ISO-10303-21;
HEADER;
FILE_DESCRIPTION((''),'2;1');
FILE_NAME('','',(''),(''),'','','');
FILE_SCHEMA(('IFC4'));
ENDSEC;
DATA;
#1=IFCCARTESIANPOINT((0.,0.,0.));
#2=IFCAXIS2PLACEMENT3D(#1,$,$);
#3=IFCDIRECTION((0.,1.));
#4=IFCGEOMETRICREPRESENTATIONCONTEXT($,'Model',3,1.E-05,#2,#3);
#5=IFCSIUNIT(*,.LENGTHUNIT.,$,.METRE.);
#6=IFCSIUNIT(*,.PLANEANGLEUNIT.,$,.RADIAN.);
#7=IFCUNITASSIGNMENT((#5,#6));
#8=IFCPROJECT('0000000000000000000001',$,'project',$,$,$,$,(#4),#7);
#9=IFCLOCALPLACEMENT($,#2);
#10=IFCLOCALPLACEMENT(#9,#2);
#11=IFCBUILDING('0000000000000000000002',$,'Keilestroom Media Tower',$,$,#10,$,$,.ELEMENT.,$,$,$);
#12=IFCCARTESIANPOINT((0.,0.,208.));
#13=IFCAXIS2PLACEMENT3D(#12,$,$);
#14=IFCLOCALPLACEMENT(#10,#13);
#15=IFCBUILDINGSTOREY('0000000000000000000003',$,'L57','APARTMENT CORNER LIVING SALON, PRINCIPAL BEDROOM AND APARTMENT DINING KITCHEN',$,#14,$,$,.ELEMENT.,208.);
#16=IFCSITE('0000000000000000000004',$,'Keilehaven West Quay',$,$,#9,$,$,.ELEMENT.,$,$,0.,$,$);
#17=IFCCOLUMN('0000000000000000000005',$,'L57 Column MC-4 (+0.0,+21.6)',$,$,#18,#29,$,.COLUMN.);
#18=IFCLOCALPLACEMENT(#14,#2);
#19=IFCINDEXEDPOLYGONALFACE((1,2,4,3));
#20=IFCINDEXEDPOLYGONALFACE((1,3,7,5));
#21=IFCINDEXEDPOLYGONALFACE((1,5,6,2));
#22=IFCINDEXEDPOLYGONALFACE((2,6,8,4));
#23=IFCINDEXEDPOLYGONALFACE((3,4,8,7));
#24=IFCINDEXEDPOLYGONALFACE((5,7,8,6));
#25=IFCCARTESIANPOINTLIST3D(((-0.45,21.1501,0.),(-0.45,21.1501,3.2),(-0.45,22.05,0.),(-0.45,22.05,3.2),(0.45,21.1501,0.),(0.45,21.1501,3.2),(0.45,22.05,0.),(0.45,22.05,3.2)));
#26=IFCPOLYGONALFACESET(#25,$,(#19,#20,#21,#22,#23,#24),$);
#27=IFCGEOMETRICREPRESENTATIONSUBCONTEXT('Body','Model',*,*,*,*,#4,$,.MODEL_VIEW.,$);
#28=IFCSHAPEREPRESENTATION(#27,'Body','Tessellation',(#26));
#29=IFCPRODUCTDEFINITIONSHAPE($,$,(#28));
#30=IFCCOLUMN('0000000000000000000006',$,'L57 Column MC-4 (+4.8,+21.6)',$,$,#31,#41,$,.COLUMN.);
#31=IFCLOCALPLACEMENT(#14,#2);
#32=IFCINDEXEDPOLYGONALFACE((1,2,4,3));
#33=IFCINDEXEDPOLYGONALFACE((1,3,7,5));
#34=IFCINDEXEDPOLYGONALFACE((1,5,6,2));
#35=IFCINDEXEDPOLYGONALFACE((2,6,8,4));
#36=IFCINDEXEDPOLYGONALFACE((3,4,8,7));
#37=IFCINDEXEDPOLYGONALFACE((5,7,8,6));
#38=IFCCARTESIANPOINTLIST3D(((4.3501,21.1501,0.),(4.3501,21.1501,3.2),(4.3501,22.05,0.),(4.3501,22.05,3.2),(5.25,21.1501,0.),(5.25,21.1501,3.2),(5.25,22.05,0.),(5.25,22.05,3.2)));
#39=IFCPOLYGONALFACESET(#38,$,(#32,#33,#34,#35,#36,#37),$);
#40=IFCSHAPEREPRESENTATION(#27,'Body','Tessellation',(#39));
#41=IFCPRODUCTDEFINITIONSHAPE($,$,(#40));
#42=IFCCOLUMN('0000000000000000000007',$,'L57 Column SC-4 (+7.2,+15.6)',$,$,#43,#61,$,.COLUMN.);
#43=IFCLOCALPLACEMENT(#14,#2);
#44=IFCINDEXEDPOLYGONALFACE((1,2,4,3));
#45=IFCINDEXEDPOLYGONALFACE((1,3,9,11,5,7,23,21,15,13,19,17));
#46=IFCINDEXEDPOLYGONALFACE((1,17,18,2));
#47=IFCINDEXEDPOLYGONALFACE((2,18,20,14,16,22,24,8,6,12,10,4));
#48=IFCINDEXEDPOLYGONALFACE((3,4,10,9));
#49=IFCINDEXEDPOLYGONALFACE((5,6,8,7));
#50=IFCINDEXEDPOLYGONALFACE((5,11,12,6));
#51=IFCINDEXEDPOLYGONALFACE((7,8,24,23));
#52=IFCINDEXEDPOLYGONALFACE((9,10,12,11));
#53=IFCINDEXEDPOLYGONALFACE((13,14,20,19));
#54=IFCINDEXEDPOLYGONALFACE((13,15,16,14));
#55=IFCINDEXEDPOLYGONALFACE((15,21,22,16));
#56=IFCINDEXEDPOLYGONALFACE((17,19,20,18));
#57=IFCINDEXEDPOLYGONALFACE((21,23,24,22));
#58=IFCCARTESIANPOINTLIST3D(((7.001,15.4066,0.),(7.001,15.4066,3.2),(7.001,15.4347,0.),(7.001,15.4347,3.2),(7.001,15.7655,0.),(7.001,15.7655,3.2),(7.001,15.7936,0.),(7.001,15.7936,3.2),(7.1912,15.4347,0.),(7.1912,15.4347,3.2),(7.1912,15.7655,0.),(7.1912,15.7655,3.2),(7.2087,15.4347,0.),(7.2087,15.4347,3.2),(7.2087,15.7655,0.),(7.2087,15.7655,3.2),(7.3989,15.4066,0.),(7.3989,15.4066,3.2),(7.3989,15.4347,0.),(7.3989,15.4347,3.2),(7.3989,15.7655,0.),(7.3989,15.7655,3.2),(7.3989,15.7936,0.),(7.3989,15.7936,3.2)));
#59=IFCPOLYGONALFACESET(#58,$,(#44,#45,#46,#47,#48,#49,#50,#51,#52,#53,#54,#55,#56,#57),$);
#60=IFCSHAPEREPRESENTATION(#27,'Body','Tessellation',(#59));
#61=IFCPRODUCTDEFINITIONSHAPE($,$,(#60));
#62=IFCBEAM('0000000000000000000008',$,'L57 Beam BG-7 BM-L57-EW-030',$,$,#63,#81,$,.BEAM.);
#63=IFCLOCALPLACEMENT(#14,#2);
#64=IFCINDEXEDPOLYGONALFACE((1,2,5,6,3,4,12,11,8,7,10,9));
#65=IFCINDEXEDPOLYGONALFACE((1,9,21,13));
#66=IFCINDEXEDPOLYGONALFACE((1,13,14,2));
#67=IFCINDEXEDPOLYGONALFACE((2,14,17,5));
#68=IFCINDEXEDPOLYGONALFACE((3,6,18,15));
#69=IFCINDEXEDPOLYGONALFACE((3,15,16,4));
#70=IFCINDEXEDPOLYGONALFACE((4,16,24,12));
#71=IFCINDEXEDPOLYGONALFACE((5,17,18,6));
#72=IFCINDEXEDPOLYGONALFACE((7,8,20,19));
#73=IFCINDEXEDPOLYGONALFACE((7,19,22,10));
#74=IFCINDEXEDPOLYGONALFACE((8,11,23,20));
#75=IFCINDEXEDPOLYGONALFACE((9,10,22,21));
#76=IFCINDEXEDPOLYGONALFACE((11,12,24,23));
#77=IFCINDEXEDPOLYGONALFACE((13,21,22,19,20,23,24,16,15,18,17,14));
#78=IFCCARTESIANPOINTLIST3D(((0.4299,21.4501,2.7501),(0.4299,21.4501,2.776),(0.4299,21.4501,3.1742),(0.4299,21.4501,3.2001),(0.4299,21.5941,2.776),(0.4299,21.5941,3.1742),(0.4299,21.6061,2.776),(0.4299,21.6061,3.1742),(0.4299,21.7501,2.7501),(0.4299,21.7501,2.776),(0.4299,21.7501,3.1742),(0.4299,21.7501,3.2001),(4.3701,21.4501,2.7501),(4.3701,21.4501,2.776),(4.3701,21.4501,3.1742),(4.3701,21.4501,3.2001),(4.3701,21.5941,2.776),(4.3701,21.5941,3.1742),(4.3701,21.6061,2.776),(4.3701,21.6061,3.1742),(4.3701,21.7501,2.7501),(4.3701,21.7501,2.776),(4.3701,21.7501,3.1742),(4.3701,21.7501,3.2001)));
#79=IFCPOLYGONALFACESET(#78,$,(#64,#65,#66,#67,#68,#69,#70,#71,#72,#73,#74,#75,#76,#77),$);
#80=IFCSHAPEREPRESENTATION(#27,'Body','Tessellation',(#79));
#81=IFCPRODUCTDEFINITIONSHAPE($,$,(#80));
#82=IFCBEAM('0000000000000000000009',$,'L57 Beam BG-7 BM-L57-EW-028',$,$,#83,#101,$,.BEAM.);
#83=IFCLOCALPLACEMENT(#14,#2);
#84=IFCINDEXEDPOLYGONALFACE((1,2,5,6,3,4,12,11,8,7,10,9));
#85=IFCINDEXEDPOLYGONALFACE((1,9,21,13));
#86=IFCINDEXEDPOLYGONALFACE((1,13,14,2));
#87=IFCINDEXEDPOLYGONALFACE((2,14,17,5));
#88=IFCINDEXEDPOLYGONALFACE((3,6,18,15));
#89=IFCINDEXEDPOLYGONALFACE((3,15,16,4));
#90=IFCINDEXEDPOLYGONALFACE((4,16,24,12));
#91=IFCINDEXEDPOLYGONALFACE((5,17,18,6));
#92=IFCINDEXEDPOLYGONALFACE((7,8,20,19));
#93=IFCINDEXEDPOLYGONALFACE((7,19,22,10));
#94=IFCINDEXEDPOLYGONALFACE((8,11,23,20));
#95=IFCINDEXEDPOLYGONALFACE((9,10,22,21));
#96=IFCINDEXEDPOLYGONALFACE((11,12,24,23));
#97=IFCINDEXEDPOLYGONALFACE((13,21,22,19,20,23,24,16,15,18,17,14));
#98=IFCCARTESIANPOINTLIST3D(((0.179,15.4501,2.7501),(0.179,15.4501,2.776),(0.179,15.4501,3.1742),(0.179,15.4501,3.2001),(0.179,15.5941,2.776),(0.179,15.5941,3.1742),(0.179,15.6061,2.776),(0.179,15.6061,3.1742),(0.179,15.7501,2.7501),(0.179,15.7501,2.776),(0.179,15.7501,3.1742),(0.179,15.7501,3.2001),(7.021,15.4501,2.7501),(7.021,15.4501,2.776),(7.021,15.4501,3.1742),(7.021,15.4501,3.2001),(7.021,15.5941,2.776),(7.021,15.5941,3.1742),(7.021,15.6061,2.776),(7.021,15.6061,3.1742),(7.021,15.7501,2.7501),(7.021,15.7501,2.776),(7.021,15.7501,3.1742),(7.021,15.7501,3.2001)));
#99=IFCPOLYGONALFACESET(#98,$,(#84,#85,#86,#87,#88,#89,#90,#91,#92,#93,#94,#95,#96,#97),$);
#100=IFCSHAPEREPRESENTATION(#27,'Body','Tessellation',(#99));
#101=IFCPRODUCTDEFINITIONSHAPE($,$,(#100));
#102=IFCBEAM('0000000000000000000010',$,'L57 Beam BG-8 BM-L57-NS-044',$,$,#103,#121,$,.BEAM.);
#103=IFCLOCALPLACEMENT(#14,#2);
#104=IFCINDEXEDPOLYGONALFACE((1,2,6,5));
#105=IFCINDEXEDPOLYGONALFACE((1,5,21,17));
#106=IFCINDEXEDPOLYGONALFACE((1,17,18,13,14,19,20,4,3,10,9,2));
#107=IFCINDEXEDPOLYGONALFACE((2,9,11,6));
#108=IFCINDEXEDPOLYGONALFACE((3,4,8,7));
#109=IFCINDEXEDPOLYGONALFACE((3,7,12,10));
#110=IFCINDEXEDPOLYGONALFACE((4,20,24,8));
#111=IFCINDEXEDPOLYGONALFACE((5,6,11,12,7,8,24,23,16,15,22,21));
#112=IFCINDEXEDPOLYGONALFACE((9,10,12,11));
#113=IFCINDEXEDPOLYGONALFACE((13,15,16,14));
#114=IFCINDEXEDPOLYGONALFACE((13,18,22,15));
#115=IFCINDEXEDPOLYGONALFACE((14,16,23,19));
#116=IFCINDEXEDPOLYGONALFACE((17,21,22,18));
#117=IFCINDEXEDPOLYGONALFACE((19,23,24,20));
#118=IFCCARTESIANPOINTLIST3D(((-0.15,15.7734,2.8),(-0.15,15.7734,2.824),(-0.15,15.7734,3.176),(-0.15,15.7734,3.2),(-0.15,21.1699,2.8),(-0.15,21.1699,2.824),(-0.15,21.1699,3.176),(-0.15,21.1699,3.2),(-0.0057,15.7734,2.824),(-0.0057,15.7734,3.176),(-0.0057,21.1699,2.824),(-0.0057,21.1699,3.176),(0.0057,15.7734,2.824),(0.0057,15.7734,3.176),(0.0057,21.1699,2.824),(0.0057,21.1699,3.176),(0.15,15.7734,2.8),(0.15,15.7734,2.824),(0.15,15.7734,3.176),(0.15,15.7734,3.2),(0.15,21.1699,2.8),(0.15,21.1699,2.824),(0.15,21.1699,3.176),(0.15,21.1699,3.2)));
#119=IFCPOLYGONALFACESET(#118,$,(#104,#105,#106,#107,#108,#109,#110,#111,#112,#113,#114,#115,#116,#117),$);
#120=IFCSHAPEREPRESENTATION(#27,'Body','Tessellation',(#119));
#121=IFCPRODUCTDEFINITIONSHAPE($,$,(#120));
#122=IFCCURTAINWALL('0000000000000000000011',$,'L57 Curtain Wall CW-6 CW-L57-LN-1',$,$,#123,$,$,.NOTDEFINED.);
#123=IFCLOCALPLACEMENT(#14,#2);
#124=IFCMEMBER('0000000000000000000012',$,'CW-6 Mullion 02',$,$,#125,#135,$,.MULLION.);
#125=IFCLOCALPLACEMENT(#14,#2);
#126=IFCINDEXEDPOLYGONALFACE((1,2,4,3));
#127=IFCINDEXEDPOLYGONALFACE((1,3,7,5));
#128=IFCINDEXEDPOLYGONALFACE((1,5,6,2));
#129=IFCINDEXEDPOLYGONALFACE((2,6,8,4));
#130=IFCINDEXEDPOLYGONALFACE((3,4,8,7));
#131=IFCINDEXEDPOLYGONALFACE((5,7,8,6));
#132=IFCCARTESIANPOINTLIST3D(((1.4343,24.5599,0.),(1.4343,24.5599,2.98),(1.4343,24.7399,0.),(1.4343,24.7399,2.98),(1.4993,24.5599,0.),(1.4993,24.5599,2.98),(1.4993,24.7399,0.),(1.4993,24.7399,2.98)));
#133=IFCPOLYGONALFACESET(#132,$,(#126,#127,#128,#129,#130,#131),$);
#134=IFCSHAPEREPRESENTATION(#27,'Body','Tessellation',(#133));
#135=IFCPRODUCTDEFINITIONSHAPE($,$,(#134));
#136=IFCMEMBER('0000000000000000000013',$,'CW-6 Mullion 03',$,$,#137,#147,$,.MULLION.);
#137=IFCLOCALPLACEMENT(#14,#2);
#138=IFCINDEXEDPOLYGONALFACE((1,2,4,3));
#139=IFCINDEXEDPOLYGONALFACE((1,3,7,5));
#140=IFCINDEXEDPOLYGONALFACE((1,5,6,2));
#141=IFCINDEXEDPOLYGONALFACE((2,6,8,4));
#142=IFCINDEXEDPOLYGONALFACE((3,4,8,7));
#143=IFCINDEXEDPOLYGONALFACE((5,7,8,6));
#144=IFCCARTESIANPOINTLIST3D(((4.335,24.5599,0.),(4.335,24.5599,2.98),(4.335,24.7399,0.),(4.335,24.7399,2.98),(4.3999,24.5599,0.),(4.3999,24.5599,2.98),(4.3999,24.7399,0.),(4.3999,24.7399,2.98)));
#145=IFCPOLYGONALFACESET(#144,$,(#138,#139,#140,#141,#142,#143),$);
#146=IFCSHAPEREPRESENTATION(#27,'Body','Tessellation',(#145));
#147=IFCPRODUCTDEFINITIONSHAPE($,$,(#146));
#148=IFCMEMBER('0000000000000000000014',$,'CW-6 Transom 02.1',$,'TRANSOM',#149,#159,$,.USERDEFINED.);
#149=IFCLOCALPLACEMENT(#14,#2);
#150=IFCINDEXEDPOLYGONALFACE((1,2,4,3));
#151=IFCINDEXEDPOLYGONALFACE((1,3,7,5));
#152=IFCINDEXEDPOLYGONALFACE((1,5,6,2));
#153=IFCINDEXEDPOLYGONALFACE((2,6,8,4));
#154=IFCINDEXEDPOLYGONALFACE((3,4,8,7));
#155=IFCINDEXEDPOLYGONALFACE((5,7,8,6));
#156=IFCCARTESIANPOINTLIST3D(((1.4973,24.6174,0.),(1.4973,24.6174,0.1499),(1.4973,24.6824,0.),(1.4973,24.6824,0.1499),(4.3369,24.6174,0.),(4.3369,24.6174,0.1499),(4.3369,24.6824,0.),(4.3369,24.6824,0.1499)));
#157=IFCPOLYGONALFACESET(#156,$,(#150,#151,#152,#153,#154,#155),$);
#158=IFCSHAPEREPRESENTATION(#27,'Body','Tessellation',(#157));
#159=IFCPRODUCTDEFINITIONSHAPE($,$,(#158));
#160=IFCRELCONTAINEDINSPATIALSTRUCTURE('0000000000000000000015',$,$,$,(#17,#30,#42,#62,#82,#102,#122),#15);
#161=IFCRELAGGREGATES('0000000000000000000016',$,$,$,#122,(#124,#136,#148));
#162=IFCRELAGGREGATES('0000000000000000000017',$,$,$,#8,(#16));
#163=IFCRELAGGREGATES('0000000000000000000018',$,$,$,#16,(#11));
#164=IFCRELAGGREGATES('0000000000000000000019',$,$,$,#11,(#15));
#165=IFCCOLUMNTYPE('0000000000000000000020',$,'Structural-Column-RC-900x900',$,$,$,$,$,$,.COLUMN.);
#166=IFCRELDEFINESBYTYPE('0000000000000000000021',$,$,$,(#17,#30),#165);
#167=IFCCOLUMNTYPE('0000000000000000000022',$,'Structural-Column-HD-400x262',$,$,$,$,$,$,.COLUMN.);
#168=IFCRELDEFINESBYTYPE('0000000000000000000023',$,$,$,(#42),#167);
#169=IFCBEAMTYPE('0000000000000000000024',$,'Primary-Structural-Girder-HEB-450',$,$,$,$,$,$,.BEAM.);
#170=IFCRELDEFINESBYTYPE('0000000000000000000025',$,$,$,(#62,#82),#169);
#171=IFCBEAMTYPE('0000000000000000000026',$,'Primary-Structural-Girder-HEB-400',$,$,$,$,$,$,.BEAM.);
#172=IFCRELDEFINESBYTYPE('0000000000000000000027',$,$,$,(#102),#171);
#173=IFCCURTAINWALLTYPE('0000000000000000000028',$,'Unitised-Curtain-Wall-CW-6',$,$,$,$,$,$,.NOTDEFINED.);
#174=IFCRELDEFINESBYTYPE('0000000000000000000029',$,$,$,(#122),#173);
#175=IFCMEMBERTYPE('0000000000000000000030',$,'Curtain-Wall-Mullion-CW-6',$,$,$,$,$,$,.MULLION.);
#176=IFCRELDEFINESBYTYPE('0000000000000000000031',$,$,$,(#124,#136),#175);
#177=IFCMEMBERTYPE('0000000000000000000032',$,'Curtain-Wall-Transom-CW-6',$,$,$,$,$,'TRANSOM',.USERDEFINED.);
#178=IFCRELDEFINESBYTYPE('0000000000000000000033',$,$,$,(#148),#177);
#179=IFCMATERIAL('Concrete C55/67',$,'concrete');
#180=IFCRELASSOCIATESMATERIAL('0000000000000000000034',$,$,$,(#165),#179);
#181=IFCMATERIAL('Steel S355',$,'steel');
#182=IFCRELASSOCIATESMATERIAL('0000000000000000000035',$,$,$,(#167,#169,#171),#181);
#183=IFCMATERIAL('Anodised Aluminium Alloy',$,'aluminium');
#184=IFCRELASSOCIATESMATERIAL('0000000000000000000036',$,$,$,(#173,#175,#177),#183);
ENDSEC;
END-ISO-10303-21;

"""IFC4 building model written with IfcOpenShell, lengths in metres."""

from ifc_helpers import new_model, si_unit, direction, frame, origin, origin_2d, place, context, subcontext, project, spatial, rectangle, i_section, extrude, source, transform, mapped, material, material_profile, profile_set, type_object, element, aggregate, save


model = new_model("IFC4")

# Units and contexts
model_context = context("Model", 3, precision=1e-05, world=origin(), true_north=direction((0.0, 1.0)))
body_context = subcontext(model_context, "Body", "Model", "MODEL_VIEW")
ifc_project = project(units=[si_unit("LENGTHUNIT", "METRE"), si_unit("PLANEANGLEUNIT", "RADIAN")], contexts=[model_context])

# Site, building, storey
site_placement = place(None, origin())
site = spatial("IfcSite", under=ifc_project, at=site_placement, Name="Keilehaven West Quay", CompositionType="ELEMENT", RefElevation=0.0)
building_placement = place(site_placement, origin())
building = spatial("IfcBuilding", under=site, at=building_placement, Name="Keilestroom Media Tower", CompositionType="ELEMENT")
storey_placement = place(building_placement, frame((0.0, 0.0, 208.0)))
storey = spatial("IfcBuildingStorey", under=building, at=storey_placement, Name="L57", Description="APARTMENT CORNER LIVING SALON, PRINCIPAL BEDROOM AND APARTMENT DINING KITCHEN", CompositionType="ELEMENT", Elevation=208.0)

# Columns
ifc_material_1 = material(Name="Concrete C55/67", Category="concrete")
ifc_material_profile_1 = material_profile(ifc_material_1, rectangle(XDim=0.8999, YDim=0.8999, at=origin_2d()), Name="RC 900x900")
ifc_profile_set_1 = profile_set([ifc_material_profile_1], Name="Concrete C55/67")
column_type_1 = type_object("IfcColumnType", Name="Structural-Column-RC-900x900", PredefinedType="COLUMN", material=ifc_profile_set_1)
shared_shape_1 = source(origin(), body_context, "Body", "SweptSolid", [
    extrude(rectangle(XDim=0.8999, YDim=0.8999, at=origin_2d()), origin(), (0.0, 0.0, 1.0), 3.2),
])
for number, where, z_axis, x_axis, name in (
    (1, (0.0, 21.6001, 0.0), (0.0, 0.0, 1.0), (1.0, 0.0, 0.0), "L57 Column MC-4 (+0.0,+21.6)"),
    (2, (4.8, 21.6001, 0.0), (0.0, 0.0, 1.0), (1.0, 0.0, 0.0), "L57 Column MC-4 (+4.8,+21.6)"),
):
    element("IfcColumn", number, at=place(storey_placement, frame(where, z_axis=z_axis, x_axis=x_axis)), inside=storey, type_object=column_type_1, Name=name, PredefinedType="COLUMN", context=body_context, shape_type="MappedRepresentation", body=[
        mapped(shared_shape_1, transform((0.0, 0.0, 0.0), x_axis=(1.0, 0.0, 0.0), y_axis=(0.0, 1.0, 0.0), z_axis=(0.0, 0.0, 1.0), scale=1.0)),
    ])
ifc_material_2 = material(Name="Steel S355", Category="steel")
ifc_material_profile_2 = material_profile(ifc_material_2, i_section(OverallWidth=0.3979, OverallDepth=0.387, WebThickness=0.0176, FlangeThickness=0.0281, at=origin_2d()), Name="HD 400x262")
ifc_profile_set_2 = profile_set([ifc_material_profile_2], Name="Steel S355")
column_type_2 = type_object("IfcColumnType", Name="Structural-Column-HD-400x262", PredefinedType="COLUMN", material=ifc_profile_set_2)
shared_shape_2 = source(origin(), body_context, "Body", "SweptSolid", [
    extrude(i_section(OverallWidth=0.3979, OverallDepth=0.387, WebThickness=0.0176, FlangeThickness=0.0281, at=origin_2d()), origin(), (0.0, 0.0, 1.0), 3.2),
])
column_placement = place(storey_placement, frame((7.2, 15.6001, 0.0), z_axis=(0.0, 0.0, 1.0), x_axis=(1.0, 0.0, 0.0)))
element("IfcColumn", 3, at=column_placement, inside=storey, type_object=column_type_2, Name="L57 Column SC-4 (+7.2,+15.6)", PredefinedType="COLUMN", context=body_context, shape_type="MappedRepresentation", body=[
    mapped(shared_shape_2, transform((0.0, 0.0, 0.0), x_axis=(1.0, 0.0, 0.0), y_axis=(0.0, 1.0, 0.0), z_axis=(0.0, 0.0, 1.0), scale=1.0)),
])

# Beams
ifc_material_profile_3 = material_profile(ifc_material_2, i_section(OverallWidth=0.3, OverallDepth=0.45, WebThickness=0.012, FlangeThickness=0.0259, at=origin_2d()), Name="HEB 450")
ifc_profile_set_3 = profile_set([ifc_material_profile_3], Name="Steel S355")
beam_type_1 = type_object("IfcBeamType", Name="Primary-Structural-Girder-HEB-450", PredefinedType="BEAM", material=ifc_profile_set_3)
shared_shape_3 = source(origin(), body_context, "Body", "SweptSolid", [
    extrude(i_section(OverallWidth=0.3, OverallDepth=0.45, WebThickness=0.012, FlangeThickness=0.0259, at=origin_2d()), origin(), (0.0, 0.0, 1.0), 3.9402),
])
beam_1_placement = place(storey_placement, frame((0.4299, 21.6001, 2.9751), z_axis=(1.0, 0.0, 0.0), x_axis=(0.0, 1.0, 0.0)))
element("IfcBeam", 4, at=beam_1_placement, inside=storey, type_object=beam_type_1, Name="L57 Beam BG-7 BM-L57-EW-030", PredefinedType="BEAM", context=body_context, shape_type="MappedRepresentation", body=[
    mapped(shared_shape_3, transform((0.0, 0.0, 0.0), x_axis=(1.0, 0.0, 0.0), y_axis=(0.0, 1.0, 0.0), z_axis=(0.0, 0.0, 1.0), scale=1.0)),
])
shared_shape_4 = source(origin(), body_context, "Body", "SweptSolid", [
    extrude(i_section(OverallWidth=0.3, OverallDepth=0.45, WebThickness=0.012, FlangeThickness=0.0259, at=origin_2d()), origin(), (0.0, 0.0, 1.0), 6.842),
])
beam_2_placement = place(storey_placement, frame((0.179, 15.6001, 2.9751), z_axis=(1.0, 0.0, 0.0), x_axis=(0.0, 1.0, 0.0)))
element("IfcBeam", 5, at=beam_2_placement, inside=storey, type_object=beam_type_1, Name="L57 Beam BG-7 BM-L57-EW-028", PredefinedType="BEAM", context=body_context, shape_type="MappedRepresentation", body=[
    mapped(shared_shape_4, transform((0.0, 0.0, 0.0), x_axis=(1.0, 0.0, 0.0), y_axis=(0.0, 1.0, 0.0), z_axis=(0.0, 0.0, 1.0), scale=1.0)),
])
ifc_material_profile_4 = material_profile(ifc_material_2, i_section(OverallWidth=0.3, OverallDepth=0.3999, WebThickness=0.0115, FlangeThickness=0.0239, at=origin_2d()), Name="HEB 400")
ifc_profile_set_4 = profile_set([ifc_material_profile_4], Name="Steel S355")
beam_type_2 = type_object("IfcBeamType", Name="Primary-Structural-Girder-HEB-400", PredefinedType="BEAM", material=ifc_profile_set_4)
shared_shape_5 = source(origin(), body_context, "Body", "SweptSolid", [
    extrude(i_section(OverallWidth=0.3, OverallDepth=0.3999, WebThickness=0.0115, FlangeThickness=0.0239, at=origin_2d()), origin(), (0.0, 0.0, 1.0), 5.3965),
])
beam_3_placement = place(storey_placement, frame((0.0, 15.7734, 3.0), z_axis=(0.0, 1.0, 0.0), x_axis=(-1.0, 0.0, 0.0)))
element("IfcBeam", 6, at=beam_3_placement, inside=storey, type_object=beam_type_2, Name="L57 Beam BG-8 BM-L57-NS-044", PredefinedType="BEAM", context=body_context, shape_type="MappedRepresentation", body=[
    mapped(shared_shape_5, transform((0.0, 0.0, 0.0), x_axis=(1.0, 0.0, 0.0), y_axis=(0.0, 1.0, 0.0), z_axis=(0.0, 0.0, 1.0), scale=1.0)),
])

# Curtain wall, members
ifc_material_3 = material(Name="Anodised Aluminium Alloy", Category="aluminium")
curtain_wall_type = type_object("IfcCurtainWallType", Name="Unitised-Curtain-Wall-CW-6", PredefinedType="NOTDEFINED", material=ifc_material_3)
curtain_wall_placement = place(storey_placement, origin())
curtain_wall = element("IfcCurtainWall", 7, at=curtain_wall_placement, inside=storey, type_object=curtain_wall_type, Name="L57 Curtain Wall CW-6 CW-L57-LN-1", PredefinedType="NOTDEFINED")
ifc_material_profile_5 = material_profile(ifc_material_3, rectangle(XDim=0.0649, YDim=0.1799, at=origin_2d()), Name="ALU MULLION 65x180")
ifc_profile_set_5 = profile_set([ifc_material_profile_5], Name="Anodised Aluminium Alloy")
member_type_1 = type_object("IfcMemberType", Name="Curtain-Wall-Mullion-CW-6", PredefinedType="MULLION", material=ifc_profile_set_5)
shared_shape_6 = source(origin(), body_context, "Body", "SweptSolid", [
    extrude(rectangle(XDim=0.0649, YDim=0.1799, at=origin_2d()), origin(), (0.0, 0.0, 1.0), 2.98),
])
member_1_placement = place(storey_placement, frame((1.4668, 24.6499, 0.0), z_axis=(0.0, 0.0, 1.0), x_axis=(1.0, 0.0, 0.0)))
member_1 = element("IfcMember", 8, at=member_1_placement, type_object=member_type_1, Name="CW-6 Mullion 02", PredefinedType="MULLION", context=body_context, shape_type="MappedRepresentation", body=[
    mapped(shared_shape_6, transform((0.0, 0.0, 0.0), x_axis=(1.0, 0.0, 0.0), y_axis=(0.0, 1.0, 0.0), z_axis=(0.0, 0.0, 1.0), scale=1.0)),
])
member_2_placement = place(storey_placement, frame((4.3674, 24.6499, 0.0), z_axis=(0.0, 0.0, 1.0), x_axis=(1.0, 0.0, 0.0)))
member_2 = element("IfcMember", 9, at=member_2_placement, type_object=member_type_1, Name="CW-6 Mullion 03", PredefinedType="MULLION", context=body_context, shape_type="MappedRepresentation", body=[
    mapped(shared_shape_6, transform((0.0, 0.0, 0.0), x_axis=(1.0, 0.0, 0.0), y_axis=(0.0, 1.0, 0.0), z_axis=(0.0, 0.0, 1.0), scale=1.0)),
])
ifc_material_profile_6 = material_profile(ifc_material_3, rectangle(XDim=0.0649, YDim=0.1499, at=origin_2d()), Name="ALU TRANSOM 65x150")
ifc_profile_set_6 = profile_set([ifc_material_profile_6], Name="Anodised Aluminium Alloy")
member_type_2 = type_object("IfcMemberType", Name="Curtain-Wall-Transom-CW-6", ElementType="TRANSOM", PredefinedType="USERDEFINED", material=ifc_profile_set_6)
shared_shape_7 = source(origin(), body_context, "Body", "SweptSolid", [
    extrude(rectangle(XDim=0.0649, YDim=0.1499, at=origin_2d()), origin(), (0.0, 0.0, 1.0), 2.8396),
])
member_3_placement = place(storey_placement, frame((1.4973, 24.6499, 0.075), z_axis=(1.0, 0.0, 0.0), x_axis=(0.0, 1.0, 0.0)))
member_3 = element("IfcMember", 10, at=member_3_placement, type_object=member_type_2, Name="CW-6 Transom 02.1", ObjectType="TRANSOM", PredefinedType="USERDEFINED", context=body_context, shape_type="MappedRepresentation", body=[
    mapped(shared_shape_7, transform((0.0, 0.0, 0.0), x_axis=(1.0, 0.0, 0.0), y_axis=(0.0, 1.0, 0.0), z_axis=(0.0, 0.0, 1.0), scale=1.0)),
])
aggregate(curtain_wall, [member_1, member_2, member_3])

save(model, "model.ifc")
